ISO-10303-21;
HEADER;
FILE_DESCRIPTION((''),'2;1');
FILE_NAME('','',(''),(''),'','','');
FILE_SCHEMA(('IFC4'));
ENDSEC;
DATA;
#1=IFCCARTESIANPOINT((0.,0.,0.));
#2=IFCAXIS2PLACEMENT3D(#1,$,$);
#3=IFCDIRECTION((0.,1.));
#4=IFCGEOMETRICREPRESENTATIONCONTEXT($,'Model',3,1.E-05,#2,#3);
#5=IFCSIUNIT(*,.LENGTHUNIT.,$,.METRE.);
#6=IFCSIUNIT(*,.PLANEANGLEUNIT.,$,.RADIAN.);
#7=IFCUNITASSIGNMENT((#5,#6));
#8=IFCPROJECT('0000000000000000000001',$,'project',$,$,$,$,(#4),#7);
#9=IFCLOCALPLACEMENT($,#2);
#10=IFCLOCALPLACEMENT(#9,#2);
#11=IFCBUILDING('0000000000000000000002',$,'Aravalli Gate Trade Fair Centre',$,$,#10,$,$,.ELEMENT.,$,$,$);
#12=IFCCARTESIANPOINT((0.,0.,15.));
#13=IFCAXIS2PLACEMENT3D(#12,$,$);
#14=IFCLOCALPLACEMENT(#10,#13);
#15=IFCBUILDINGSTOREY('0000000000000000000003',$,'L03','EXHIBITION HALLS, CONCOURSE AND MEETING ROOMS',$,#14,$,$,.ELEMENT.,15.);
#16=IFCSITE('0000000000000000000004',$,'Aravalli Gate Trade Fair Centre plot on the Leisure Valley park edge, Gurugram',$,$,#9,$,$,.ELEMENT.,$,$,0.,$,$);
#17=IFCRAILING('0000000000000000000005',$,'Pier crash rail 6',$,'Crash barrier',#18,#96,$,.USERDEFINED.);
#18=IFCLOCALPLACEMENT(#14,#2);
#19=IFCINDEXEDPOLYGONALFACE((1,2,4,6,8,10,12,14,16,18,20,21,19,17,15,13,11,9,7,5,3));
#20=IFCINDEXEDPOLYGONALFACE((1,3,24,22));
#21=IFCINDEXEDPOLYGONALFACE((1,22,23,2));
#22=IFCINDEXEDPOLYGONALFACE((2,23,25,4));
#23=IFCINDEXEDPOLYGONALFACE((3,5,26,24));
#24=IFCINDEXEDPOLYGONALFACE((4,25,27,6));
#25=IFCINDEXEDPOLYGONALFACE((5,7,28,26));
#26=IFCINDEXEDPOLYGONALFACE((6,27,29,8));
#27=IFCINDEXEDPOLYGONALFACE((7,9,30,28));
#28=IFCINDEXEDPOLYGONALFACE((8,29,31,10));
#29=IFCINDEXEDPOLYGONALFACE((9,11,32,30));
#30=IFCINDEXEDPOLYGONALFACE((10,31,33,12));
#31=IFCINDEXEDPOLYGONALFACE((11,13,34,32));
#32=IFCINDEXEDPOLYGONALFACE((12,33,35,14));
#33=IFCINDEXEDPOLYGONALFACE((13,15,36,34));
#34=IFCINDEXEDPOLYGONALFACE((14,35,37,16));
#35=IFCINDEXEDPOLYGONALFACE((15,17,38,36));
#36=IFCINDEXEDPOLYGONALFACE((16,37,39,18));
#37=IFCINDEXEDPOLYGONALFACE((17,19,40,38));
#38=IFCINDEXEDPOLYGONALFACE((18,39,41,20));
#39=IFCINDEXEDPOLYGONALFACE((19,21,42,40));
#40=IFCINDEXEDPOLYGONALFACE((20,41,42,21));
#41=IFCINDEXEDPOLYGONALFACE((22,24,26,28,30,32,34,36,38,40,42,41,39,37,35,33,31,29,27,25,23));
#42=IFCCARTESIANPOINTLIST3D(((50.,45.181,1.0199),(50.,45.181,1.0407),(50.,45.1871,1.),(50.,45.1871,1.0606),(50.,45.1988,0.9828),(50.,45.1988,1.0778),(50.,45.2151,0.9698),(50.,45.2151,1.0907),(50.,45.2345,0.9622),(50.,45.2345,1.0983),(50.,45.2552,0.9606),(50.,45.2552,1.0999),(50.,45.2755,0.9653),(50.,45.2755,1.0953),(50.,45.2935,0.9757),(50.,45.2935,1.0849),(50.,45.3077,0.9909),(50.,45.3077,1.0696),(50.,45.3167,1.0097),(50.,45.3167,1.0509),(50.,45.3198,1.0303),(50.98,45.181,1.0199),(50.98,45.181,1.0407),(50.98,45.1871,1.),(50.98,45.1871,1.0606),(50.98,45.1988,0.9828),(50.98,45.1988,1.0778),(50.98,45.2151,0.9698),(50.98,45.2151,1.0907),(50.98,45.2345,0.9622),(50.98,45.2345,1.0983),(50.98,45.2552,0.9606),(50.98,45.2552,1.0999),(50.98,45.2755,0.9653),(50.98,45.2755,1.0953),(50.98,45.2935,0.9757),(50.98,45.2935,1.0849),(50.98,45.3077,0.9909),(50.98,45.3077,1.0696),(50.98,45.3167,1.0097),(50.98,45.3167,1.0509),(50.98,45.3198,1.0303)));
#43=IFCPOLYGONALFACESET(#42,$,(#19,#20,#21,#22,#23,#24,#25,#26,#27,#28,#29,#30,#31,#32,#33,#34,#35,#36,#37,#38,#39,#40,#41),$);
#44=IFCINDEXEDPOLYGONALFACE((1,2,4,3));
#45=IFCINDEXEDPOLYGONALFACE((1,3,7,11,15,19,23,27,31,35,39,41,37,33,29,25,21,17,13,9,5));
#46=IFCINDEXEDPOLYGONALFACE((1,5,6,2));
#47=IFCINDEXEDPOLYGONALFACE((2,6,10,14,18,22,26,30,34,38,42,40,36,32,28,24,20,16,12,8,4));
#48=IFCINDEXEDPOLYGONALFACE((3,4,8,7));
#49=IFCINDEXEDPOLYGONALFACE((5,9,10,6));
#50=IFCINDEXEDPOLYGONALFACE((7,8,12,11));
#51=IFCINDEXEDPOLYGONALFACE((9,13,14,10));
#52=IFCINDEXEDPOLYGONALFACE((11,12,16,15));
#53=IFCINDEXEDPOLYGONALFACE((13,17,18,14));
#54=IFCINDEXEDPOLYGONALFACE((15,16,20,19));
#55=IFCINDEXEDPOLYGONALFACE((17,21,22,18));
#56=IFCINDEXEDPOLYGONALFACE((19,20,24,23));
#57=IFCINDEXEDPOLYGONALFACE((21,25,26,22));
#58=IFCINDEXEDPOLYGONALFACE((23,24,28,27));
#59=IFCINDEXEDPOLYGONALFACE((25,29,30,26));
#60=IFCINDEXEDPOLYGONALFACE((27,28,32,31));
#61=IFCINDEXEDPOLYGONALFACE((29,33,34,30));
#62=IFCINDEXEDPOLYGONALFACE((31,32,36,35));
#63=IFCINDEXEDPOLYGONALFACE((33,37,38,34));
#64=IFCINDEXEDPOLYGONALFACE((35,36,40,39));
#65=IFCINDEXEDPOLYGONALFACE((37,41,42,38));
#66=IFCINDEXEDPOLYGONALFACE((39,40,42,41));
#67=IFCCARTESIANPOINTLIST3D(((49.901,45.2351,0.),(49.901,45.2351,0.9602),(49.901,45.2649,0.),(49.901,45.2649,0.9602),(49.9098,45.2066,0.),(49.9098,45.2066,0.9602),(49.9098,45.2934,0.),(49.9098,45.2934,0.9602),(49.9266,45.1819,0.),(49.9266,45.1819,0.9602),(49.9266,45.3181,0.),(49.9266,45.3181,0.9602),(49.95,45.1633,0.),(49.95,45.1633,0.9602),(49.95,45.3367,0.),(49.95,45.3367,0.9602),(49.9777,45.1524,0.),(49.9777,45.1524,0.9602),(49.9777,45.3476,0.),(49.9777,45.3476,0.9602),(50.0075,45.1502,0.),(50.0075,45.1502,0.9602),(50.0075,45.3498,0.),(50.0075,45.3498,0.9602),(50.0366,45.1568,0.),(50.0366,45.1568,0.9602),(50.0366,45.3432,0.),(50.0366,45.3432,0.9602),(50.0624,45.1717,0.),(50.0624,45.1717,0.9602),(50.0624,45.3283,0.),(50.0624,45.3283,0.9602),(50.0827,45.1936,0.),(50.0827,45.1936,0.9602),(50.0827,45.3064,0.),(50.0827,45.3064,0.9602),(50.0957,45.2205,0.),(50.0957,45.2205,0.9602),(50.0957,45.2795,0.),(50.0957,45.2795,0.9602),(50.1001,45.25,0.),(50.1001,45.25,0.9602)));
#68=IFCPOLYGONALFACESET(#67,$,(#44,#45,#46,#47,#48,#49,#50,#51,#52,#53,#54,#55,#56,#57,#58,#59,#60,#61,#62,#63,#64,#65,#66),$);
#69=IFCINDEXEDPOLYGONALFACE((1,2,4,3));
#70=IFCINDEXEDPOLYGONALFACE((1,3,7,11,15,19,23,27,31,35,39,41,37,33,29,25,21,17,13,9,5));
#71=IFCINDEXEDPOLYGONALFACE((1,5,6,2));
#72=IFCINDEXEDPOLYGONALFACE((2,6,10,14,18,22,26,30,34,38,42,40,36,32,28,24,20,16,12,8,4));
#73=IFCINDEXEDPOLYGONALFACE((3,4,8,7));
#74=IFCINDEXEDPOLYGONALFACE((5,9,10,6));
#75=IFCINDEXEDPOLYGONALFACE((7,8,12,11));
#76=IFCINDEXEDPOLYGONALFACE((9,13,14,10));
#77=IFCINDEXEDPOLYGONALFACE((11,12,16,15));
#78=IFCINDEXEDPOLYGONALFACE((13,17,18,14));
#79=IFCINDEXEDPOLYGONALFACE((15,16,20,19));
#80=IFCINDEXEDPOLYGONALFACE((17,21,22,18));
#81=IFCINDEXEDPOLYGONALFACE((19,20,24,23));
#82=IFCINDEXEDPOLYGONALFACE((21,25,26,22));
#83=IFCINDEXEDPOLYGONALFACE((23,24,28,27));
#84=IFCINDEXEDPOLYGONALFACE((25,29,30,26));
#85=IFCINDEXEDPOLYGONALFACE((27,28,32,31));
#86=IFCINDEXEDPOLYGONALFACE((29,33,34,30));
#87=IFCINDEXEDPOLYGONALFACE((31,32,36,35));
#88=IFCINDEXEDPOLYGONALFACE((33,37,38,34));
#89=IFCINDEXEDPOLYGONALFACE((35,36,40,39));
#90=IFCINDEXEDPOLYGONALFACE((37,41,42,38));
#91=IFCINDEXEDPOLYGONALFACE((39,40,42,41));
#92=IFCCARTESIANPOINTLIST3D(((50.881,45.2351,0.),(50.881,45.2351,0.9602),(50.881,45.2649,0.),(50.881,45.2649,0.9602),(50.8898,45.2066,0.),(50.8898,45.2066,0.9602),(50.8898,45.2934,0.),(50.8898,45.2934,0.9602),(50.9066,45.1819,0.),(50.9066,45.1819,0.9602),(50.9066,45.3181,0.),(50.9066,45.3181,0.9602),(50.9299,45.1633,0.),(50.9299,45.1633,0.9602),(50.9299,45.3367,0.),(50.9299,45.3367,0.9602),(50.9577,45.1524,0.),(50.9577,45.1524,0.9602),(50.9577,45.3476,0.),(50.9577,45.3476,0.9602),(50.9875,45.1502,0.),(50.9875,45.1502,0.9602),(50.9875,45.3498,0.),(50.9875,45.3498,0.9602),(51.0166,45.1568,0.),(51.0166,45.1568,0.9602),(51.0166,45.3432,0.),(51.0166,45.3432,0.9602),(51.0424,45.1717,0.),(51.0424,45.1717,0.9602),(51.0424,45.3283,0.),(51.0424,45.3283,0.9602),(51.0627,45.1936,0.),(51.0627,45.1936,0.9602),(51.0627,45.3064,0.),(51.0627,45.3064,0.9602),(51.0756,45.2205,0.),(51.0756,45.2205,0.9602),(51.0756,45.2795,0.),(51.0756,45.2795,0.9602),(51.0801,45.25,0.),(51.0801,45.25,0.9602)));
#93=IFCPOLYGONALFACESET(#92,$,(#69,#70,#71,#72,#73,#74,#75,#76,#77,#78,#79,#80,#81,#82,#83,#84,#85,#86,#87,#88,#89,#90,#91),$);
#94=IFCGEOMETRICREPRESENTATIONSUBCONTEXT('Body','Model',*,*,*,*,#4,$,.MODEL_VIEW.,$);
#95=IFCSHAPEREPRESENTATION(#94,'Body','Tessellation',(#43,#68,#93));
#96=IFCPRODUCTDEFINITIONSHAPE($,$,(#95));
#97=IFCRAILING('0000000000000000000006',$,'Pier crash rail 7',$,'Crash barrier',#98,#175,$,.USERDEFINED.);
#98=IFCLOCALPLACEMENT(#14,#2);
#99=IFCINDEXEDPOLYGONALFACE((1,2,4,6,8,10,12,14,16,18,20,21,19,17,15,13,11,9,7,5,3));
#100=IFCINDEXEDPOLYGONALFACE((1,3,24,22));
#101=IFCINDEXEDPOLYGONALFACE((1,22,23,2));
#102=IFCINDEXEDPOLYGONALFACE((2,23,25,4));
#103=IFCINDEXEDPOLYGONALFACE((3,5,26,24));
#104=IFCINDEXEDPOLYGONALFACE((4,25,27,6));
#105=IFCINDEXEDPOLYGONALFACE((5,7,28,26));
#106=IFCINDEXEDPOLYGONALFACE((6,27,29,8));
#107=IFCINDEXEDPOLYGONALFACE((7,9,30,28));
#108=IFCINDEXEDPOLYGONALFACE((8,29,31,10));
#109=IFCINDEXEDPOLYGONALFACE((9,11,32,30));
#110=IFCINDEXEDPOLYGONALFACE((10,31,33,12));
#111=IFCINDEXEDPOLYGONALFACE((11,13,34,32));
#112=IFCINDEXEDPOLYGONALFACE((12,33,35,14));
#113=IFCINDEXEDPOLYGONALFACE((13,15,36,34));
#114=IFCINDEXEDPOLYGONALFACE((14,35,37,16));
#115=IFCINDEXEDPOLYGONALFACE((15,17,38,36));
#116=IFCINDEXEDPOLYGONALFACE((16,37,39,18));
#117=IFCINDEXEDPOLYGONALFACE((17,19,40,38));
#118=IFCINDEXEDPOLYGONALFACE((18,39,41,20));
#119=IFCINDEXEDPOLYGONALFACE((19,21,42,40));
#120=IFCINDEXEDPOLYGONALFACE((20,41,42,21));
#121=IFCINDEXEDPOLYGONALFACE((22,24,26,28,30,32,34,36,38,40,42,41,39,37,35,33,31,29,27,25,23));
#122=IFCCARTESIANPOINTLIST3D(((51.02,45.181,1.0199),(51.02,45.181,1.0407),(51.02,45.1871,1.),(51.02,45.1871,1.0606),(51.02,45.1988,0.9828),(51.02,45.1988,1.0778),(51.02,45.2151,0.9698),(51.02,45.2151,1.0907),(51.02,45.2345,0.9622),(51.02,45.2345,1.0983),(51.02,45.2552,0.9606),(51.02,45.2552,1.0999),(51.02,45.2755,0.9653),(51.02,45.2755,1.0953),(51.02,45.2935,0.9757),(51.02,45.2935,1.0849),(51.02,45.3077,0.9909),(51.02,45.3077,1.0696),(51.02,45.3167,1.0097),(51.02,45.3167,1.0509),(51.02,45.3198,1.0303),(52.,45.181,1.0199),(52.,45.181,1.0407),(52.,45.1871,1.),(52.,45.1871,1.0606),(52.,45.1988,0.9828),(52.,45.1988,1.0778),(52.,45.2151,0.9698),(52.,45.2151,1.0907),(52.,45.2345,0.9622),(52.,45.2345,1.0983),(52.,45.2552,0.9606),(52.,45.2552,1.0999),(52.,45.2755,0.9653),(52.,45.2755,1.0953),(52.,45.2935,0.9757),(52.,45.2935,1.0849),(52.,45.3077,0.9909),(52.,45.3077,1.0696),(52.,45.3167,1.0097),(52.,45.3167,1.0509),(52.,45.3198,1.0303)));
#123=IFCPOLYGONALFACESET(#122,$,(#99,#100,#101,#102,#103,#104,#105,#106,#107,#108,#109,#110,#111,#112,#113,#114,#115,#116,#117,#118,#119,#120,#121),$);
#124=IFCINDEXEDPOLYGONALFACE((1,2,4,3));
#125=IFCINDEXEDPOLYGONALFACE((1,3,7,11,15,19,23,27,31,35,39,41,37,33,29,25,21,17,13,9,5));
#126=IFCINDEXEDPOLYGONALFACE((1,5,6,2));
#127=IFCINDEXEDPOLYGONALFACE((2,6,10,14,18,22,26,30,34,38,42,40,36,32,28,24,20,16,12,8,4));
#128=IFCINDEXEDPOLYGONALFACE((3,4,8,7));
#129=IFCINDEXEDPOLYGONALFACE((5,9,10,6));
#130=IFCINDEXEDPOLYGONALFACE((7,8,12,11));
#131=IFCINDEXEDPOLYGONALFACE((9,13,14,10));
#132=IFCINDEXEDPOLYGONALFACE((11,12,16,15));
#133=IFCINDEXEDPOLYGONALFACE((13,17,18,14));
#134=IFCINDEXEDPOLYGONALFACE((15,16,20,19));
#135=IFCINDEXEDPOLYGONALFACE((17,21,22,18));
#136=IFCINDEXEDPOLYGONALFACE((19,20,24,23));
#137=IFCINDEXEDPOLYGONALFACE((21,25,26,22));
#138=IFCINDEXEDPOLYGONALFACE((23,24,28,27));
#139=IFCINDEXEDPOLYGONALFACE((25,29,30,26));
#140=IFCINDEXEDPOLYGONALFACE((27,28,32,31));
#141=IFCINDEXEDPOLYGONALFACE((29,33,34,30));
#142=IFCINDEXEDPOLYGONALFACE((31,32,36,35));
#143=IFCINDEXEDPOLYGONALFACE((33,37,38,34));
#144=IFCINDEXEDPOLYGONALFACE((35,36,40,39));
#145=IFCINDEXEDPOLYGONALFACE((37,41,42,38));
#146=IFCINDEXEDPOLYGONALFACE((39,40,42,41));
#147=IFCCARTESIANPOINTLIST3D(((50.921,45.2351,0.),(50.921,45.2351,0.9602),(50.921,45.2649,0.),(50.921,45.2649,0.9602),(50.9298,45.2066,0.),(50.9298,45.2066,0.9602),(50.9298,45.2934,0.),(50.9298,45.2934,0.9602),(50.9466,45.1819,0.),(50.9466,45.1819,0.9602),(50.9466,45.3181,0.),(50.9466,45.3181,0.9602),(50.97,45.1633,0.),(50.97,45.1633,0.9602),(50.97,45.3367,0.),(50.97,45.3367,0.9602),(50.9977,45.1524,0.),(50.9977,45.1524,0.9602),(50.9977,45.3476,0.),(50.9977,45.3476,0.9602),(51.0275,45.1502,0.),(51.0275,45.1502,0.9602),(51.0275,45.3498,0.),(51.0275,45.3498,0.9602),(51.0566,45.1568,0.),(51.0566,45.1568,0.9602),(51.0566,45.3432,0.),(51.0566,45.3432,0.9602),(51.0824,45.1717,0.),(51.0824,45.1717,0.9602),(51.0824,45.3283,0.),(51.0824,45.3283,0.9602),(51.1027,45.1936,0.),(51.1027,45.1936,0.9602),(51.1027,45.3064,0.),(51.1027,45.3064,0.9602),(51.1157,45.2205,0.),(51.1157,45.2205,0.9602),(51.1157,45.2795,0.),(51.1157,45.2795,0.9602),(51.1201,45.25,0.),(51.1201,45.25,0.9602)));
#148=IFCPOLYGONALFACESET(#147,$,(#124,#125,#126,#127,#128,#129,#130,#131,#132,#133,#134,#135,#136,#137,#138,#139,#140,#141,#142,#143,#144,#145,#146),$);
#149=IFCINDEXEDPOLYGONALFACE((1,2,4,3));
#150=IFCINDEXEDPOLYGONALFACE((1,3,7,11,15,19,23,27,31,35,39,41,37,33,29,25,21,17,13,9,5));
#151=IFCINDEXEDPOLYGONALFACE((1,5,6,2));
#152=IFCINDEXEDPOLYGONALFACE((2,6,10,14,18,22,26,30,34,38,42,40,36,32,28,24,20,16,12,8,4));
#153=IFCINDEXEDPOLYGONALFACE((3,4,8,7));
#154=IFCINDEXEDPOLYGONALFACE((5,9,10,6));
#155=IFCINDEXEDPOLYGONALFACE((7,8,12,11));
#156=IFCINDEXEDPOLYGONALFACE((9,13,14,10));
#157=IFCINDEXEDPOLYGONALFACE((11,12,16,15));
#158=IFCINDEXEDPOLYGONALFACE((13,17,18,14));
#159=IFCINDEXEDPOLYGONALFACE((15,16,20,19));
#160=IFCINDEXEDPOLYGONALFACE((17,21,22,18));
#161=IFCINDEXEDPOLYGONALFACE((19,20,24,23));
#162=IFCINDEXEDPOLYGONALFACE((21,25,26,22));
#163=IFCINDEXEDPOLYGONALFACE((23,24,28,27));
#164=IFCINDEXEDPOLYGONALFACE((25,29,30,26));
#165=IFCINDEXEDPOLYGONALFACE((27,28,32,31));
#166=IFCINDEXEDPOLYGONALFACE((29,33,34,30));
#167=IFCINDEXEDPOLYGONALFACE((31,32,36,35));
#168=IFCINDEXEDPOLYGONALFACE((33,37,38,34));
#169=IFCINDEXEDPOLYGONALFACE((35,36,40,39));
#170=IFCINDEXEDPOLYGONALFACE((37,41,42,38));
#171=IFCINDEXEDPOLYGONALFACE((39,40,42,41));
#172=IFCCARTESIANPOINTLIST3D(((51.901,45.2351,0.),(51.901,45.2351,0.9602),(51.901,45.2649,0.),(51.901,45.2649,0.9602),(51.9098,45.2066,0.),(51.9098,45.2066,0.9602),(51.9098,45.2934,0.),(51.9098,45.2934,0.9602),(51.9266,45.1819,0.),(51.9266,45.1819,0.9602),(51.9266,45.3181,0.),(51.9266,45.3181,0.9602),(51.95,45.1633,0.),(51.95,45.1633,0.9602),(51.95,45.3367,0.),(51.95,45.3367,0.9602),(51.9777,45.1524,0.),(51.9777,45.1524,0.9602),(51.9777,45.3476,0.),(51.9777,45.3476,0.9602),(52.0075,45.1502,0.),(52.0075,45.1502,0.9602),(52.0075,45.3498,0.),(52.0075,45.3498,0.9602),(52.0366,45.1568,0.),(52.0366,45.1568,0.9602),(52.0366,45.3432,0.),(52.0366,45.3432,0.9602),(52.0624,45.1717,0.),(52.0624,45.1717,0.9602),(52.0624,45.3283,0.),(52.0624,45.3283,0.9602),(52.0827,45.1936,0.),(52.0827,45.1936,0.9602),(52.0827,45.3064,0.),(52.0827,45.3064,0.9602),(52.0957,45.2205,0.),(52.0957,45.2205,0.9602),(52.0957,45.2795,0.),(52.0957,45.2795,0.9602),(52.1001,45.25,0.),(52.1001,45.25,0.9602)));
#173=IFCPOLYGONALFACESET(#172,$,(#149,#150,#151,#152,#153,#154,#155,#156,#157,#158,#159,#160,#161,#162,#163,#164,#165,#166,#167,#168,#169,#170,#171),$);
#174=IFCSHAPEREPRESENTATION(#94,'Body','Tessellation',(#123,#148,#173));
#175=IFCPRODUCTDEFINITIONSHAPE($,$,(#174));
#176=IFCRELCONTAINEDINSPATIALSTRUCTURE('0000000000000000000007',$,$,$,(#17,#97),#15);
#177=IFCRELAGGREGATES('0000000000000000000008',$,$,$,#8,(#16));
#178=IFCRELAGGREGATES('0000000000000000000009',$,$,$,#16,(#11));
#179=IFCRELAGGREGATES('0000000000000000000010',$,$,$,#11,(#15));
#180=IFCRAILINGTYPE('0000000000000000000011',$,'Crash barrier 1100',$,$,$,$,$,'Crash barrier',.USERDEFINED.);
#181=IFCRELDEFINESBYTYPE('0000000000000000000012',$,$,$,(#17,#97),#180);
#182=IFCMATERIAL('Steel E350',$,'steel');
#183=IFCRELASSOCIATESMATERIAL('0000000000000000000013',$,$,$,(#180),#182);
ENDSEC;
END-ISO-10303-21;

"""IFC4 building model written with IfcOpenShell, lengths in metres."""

from ifc_helpers import new_model, si_unit, direction, frame, origin, origin_2d, place, context, subcontext, project, spatial, circle, extrude, material, type_object, element, save


model = new_model("IFC4")

# Units and contexts
model_context = context("Model", 3, precision=1e-05, world=origin(), true_north=direction((0.0, 1.0)))
body_context = subcontext(model_context, "Body", "Model", "MODEL_VIEW")
ifc_project = project(units=[si_unit("LENGTHUNIT", "METRE"), si_unit("PLANEANGLEUNIT", "RADIAN")], contexts=[model_context])

# Site, building, storey
site_placement = place(None, origin())
site = spatial("IfcSite", under=ifc_project, at=site_placement, Name="Aravalli Gate Trade Fair Centre plot on the Leisure Valley park edge, Gurugram", CompositionType="ELEMENT", RefElevation=0.0)
building_placement = place(site_placement, origin())
building = spatial("IfcBuilding", under=site, at=building_placement, Name="Aravalli Gate Trade Fair Centre", CompositionType="ELEMENT")
storey_placement = place(building_placement, frame((0.0, 0.0, 15.0)))
storey = spatial("IfcBuildingStorey", under=building, at=storey_placement, Name="L03", Description="EXHIBITION HALLS, CONCOURSE AND MEETING ROOMS", CompositionType="ELEMENT", Elevation=15.0)

# Railings
ifc_material_1 = material(Name="Steel E350", Category="steel")
railing_type = type_object("IfcRailingType", Name="Crash barrier 1100", ElementType="Crash barrier", PredefinedType="USERDEFINED", material=ifc_material_1)
for number, where, name in (
    (1, (50.0, 45.25, 0.0), "Pier crash rail 6"),
    (2, (51.02, 45.25, 0.0), "Pier crash rail 7"),
):
    element("IfcRailing", number, at=place(storey_placement, frame(where)), inside=storey, type_object=railing_type, Name=name, ObjectType="Crash barrier", PredefinedType="USERDEFINED", context=body_context, shape_type="SweptSolid", body=[
        extrude(circle(Radius=0.0698, at=origin_2d()), frame((0.0, 0.0, 1.0303), z_axis=(1.0, 0.0, 0.0), x_axis=(0.0, 1.0, 0.0)), (0.0, 0.0, 1.0), 0.98),
        extrude(circle(Radius=0.1001, at=origin_2d()), origin(), (0.0, 0.0, 1.0), 0.9602),
        extrude(circle(Radius=0.1001, at=origin_2d()), frame((0.98, 0.0, 0.0)), (0.0, 0.0, 1.0), 0.9602),
    ])

save(model, "model.ifc")
